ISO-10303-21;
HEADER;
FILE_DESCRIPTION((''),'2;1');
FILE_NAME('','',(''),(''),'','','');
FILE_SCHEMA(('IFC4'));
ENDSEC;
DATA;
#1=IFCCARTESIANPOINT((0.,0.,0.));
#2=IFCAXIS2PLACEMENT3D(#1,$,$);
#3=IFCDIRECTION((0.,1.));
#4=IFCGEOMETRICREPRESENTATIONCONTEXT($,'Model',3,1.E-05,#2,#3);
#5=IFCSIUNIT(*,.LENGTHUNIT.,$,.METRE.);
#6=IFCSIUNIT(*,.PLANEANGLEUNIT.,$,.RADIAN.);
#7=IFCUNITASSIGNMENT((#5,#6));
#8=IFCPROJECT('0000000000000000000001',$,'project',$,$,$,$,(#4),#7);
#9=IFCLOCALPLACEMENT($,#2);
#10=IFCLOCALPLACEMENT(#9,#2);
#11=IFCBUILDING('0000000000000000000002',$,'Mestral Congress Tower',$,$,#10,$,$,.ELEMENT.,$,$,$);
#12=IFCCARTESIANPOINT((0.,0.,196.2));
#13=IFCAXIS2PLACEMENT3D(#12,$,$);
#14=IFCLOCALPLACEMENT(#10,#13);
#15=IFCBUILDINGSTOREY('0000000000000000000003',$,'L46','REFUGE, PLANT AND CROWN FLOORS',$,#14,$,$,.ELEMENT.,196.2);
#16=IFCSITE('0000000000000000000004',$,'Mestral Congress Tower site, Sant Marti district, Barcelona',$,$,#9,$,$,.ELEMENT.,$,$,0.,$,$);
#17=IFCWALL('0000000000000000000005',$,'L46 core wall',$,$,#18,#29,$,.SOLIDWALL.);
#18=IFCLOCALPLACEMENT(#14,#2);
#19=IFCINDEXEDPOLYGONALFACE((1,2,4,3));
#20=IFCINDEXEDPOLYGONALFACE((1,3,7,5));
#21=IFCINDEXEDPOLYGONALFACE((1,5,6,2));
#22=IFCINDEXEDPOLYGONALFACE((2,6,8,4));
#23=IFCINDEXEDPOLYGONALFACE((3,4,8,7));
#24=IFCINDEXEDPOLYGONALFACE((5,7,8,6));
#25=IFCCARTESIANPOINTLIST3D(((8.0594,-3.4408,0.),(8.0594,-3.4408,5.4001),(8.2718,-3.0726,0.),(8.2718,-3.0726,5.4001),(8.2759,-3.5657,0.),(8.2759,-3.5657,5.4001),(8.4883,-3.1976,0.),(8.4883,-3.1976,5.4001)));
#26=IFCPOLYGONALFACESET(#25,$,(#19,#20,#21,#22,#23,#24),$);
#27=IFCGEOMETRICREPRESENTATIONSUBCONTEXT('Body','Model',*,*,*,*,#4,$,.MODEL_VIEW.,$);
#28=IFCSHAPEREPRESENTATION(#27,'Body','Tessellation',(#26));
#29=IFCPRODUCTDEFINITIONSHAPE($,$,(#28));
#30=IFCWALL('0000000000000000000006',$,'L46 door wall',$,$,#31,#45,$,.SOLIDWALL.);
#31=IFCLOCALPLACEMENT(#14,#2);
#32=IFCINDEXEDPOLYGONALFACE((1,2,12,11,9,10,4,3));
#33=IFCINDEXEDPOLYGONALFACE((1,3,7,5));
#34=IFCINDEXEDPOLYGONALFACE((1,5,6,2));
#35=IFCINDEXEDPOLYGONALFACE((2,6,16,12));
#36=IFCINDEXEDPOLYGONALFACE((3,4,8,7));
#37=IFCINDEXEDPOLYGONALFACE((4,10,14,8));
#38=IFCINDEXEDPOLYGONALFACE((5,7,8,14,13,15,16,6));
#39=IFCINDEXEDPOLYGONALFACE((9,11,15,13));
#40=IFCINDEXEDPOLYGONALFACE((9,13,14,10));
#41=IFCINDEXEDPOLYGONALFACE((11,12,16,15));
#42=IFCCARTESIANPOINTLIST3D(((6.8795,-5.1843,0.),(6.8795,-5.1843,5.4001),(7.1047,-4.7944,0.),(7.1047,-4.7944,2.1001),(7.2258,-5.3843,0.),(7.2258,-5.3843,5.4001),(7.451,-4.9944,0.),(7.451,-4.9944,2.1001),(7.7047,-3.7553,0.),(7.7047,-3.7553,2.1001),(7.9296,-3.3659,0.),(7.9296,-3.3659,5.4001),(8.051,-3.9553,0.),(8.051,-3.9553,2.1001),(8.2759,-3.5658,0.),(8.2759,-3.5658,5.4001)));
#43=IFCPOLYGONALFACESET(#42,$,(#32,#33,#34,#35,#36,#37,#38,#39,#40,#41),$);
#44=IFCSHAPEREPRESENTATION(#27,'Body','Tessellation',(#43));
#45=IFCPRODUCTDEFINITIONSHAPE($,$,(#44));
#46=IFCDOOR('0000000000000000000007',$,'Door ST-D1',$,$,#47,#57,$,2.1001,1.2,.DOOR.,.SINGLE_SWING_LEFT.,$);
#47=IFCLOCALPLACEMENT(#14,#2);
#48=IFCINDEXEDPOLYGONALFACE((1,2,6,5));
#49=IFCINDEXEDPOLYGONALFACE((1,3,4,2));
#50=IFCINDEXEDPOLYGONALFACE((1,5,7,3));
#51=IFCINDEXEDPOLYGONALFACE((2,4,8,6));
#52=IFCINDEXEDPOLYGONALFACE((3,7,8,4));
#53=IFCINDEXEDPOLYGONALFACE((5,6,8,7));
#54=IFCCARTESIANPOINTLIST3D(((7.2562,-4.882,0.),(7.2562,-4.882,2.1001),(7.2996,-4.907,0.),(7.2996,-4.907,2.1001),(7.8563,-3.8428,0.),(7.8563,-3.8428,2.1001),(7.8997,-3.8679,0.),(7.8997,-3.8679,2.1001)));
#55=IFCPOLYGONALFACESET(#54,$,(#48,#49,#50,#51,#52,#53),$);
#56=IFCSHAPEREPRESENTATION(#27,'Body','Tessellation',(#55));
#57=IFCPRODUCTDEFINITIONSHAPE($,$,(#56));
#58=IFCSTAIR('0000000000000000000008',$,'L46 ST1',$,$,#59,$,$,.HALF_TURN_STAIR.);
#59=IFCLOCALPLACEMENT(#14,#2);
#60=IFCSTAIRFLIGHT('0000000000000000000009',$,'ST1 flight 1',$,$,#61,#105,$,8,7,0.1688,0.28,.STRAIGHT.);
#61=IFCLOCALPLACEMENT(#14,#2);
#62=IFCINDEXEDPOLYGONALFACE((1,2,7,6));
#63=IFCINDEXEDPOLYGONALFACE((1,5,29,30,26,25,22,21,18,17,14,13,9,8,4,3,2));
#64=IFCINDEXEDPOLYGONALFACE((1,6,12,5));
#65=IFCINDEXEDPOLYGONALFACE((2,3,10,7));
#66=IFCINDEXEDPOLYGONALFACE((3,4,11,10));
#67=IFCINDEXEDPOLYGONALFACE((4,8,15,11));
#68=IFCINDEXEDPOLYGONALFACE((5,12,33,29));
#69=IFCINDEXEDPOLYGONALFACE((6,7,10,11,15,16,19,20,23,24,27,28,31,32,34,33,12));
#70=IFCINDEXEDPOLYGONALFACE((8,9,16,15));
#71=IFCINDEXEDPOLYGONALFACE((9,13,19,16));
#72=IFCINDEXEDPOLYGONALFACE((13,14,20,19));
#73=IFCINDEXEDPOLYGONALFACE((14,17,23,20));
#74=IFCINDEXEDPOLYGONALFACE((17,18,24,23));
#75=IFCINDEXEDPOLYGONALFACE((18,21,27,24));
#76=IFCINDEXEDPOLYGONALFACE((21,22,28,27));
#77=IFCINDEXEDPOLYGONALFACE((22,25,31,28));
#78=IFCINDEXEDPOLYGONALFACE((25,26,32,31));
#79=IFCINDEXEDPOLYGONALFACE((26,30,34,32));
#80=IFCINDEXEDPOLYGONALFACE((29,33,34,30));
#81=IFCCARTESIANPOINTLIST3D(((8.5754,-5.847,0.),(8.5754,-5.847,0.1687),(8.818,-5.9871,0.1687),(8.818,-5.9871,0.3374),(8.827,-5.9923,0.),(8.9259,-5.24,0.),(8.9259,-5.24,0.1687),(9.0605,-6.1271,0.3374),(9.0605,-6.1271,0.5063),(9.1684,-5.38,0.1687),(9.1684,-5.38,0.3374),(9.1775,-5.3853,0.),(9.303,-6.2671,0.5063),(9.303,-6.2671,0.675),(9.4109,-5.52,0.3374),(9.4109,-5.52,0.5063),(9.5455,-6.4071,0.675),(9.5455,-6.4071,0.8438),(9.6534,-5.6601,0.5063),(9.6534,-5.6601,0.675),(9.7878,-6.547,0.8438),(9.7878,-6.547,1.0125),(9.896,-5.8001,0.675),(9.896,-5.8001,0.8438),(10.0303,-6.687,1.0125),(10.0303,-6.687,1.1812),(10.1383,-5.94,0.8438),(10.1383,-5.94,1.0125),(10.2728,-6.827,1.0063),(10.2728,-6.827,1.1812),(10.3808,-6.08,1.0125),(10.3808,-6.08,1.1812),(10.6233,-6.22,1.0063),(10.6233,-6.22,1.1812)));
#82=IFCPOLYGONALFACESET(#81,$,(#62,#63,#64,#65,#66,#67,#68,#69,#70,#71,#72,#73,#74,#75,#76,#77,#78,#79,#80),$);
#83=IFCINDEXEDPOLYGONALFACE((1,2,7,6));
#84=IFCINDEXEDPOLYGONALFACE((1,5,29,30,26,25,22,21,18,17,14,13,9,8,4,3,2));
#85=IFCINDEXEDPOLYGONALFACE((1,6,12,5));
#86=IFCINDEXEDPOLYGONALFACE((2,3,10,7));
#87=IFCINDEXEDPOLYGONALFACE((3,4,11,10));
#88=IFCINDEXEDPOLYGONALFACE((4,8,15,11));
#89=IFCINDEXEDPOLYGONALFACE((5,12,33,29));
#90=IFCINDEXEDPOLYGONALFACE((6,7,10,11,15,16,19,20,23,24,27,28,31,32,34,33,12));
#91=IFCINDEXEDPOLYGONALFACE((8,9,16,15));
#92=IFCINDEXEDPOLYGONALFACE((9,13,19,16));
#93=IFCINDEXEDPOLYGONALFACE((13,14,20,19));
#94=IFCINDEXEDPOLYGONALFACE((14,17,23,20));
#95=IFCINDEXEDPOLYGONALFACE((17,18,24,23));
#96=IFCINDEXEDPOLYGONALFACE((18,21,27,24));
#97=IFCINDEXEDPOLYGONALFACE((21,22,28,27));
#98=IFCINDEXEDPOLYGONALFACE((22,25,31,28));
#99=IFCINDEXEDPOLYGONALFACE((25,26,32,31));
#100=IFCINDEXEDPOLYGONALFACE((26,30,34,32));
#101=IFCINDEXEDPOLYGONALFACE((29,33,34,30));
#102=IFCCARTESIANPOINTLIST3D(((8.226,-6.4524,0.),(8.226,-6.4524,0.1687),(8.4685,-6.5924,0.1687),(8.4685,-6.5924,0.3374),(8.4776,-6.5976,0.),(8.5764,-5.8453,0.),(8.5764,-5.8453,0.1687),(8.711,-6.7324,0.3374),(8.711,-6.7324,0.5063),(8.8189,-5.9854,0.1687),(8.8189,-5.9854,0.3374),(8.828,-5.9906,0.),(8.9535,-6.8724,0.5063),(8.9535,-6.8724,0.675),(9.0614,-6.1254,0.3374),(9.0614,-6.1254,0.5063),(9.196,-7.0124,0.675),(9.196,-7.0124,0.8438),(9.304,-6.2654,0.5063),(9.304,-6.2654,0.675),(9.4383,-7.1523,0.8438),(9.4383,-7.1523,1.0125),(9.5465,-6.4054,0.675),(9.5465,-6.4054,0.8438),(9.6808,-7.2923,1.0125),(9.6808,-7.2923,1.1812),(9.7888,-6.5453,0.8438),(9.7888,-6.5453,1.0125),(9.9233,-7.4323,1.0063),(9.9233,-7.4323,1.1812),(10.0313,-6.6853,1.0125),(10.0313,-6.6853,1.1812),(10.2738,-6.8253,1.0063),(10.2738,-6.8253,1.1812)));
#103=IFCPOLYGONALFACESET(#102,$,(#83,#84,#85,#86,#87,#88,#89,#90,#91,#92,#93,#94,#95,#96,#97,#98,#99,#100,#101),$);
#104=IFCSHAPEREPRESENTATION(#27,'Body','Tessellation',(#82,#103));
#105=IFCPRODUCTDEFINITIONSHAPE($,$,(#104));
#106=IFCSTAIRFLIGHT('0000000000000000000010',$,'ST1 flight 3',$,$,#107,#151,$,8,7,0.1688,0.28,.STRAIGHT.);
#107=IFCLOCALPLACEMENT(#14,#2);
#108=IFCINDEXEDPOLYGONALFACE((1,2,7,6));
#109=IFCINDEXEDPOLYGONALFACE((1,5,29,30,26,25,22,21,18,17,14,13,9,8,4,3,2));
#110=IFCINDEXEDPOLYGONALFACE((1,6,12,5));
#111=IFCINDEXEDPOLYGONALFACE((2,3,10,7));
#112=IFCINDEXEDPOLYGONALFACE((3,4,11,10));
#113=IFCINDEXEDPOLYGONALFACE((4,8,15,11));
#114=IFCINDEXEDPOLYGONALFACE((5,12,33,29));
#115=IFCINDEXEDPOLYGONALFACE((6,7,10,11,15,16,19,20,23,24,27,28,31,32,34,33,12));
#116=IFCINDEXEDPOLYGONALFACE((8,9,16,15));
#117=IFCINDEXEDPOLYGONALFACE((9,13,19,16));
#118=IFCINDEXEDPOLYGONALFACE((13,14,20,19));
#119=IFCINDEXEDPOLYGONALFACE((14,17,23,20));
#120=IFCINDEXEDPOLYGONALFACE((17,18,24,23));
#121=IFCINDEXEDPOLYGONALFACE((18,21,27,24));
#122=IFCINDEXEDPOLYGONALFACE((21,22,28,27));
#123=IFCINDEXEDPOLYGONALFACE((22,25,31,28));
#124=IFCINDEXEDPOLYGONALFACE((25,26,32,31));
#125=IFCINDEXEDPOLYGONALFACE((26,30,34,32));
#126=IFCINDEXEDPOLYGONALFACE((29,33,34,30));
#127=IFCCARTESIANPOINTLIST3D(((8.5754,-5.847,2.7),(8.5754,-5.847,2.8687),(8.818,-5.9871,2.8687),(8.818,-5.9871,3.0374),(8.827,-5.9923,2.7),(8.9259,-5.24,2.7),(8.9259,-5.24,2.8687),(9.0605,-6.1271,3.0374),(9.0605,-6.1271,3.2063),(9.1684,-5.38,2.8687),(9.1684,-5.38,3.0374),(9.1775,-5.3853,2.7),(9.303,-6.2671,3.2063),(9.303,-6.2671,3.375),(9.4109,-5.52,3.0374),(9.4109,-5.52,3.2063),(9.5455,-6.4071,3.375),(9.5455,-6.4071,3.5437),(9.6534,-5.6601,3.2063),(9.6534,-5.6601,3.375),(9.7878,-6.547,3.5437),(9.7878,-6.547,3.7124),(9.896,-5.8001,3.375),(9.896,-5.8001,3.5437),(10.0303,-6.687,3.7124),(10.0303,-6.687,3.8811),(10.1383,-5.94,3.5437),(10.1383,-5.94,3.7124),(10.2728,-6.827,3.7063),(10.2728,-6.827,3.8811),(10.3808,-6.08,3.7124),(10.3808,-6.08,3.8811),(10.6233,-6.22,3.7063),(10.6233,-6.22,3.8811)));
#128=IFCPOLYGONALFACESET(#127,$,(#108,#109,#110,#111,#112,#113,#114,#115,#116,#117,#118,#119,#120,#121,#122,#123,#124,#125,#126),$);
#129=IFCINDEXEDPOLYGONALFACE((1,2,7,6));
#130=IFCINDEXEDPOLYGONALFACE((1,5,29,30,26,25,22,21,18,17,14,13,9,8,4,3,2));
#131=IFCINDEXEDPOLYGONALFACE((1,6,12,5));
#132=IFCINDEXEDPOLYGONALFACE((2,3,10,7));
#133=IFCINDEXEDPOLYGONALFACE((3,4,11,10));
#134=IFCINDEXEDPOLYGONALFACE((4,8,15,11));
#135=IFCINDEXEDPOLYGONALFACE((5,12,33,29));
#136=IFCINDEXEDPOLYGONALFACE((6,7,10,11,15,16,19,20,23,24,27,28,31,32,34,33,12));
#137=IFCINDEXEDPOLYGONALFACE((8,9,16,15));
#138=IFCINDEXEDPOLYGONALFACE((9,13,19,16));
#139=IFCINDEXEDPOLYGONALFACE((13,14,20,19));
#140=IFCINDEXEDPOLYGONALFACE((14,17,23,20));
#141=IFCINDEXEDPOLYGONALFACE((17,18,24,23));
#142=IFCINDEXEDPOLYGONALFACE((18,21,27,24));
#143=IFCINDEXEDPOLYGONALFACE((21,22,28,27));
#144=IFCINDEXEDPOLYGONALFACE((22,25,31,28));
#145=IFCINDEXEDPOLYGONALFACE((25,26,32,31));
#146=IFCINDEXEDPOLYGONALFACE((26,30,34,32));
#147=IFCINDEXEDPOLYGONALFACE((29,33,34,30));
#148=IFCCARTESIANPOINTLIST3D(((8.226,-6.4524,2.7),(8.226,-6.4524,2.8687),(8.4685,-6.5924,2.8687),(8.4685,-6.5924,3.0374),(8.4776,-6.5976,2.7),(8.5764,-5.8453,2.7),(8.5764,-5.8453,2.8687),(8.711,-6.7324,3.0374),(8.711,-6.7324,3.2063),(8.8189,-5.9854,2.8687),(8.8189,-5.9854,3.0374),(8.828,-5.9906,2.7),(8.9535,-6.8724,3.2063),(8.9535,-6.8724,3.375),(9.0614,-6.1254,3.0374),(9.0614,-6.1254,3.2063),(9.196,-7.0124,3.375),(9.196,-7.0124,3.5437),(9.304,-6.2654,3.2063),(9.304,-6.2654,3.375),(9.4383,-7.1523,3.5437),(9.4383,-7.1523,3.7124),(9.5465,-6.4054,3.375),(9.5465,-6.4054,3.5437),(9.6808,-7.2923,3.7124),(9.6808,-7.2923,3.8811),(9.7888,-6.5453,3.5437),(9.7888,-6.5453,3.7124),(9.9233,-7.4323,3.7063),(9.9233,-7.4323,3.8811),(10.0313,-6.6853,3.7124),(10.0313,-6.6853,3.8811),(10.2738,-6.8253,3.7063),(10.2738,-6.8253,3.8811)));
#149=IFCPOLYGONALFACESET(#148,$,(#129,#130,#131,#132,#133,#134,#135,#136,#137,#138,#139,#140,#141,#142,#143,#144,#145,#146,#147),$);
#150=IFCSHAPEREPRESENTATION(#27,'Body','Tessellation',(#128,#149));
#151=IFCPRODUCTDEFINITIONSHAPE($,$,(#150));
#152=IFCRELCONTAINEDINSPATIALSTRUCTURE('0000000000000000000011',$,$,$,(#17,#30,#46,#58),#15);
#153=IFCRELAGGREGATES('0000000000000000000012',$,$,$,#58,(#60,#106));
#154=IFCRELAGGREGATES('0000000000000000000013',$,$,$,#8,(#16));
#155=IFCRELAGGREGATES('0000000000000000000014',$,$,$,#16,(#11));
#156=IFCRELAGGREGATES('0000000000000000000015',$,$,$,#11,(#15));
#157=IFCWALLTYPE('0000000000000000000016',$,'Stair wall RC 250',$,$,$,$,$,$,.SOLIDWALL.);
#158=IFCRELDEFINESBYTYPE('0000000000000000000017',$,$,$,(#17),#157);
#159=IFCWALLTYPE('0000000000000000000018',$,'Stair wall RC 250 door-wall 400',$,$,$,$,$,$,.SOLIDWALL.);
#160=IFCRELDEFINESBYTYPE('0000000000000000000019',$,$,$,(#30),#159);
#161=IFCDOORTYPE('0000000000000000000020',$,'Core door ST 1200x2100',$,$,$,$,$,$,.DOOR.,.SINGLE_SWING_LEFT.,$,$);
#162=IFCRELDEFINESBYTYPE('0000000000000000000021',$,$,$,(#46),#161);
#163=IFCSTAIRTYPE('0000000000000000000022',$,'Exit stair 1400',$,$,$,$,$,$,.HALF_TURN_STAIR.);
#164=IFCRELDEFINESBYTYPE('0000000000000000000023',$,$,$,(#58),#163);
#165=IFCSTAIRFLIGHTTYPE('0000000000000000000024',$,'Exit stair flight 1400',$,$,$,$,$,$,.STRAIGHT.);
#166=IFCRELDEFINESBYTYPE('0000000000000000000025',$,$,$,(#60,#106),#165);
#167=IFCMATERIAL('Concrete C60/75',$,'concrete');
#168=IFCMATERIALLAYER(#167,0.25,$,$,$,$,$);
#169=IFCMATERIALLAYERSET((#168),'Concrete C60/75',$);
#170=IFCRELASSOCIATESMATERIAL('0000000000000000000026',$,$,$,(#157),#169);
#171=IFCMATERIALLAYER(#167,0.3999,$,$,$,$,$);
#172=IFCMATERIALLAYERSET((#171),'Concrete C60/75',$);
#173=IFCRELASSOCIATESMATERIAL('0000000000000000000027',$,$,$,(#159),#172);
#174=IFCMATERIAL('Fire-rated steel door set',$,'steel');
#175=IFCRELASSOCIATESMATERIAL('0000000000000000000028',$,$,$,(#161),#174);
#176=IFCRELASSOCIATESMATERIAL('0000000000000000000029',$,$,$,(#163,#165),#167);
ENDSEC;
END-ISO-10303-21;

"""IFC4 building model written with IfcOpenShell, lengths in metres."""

from ifc_helpers import new_model, si_unit, direction, frame, frame_2d, origin, place, context, subcontext, project, spatial, polyline, rectangle, outline, extrude, material, layer, layer_set, type_object, element, fill, aggregate, save


model = new_model("IFC4")

# Units and contexts
model_context = context("Model", 3, precision=1e-05, world=origin(), true_north=direction((0.0, 1.0)))
body_context = subcontext(model_context, "Body", "Model", "MODEL_VIEW")
ifc_project = project(units=[si_unit("LENGTHUNIT", "METRE"), si_unit("PLANEANGLEUNIT", "RADIAN")], contexts=[model_context])

# Site, building, storey
site_placement = place(None, origin())
site = spatial("IfcSite", under=ifc_project, at=site_placement, Name="Mestral Congress Tower site, Sant Marti district, Barcelona", CompositionType="ELEMENT", RefElevation=0.0)
building_placement = place(site_placement, origin())
building = spatial("IfcBuilding", under=site, at=building_placement, Name="Mestral Congress Tower", CompositionType="ELEMENT")
storey_placement = place(building_placement, frame((0.0, 0.0, 196.2)))
storey = spatial("IfcBuildingStorey", under=building, at=storey_placement, Name="L46", Description="REFUGE, PLANT AND CROWN FLOORS", CompositionType="ELEMENT", Elevation=196.2)

# Shared definitions
placement = place(storey_placement, origin())

# Shared definitions
ifc_material_1 = material(Name="Fire-rated steel door set", Category="steel")

# Shared definitions
ifc_material_2 = material(Name="Concrete C60/75", Category="concrete")

# Wall
ifc_layer_1 = layer(ifc_material_2, 0.25)
ifc_layer_set_1 = layer_set([ifc_layer_1], Name="Concrete C60/75")
wall_type_1 = type_object("IfcWallType", Name="Stair wall RC 250", PredefinedType="SOLIDWALL", material=ifc_layer_set_1)
wall_1_placement = place(storey_placement, frame((8.1677, -3.5032, 0.0), z_axis=(0.0, 0.0, 1.0), x_axis=(0.499722, 0.866186, 0.0)))
element("IfcWall", 1, at=wall_1_placement, inside=storey, type_object=wall_type_1, Name="L46 core wall", PredefinedType="SOLIDWALL", context=body_context, shape_type="SweptSolid", body=[
    extrude(rectangle(XDim=0.425, YDim=0.25, at=frame_2d((0.2124, 0.0))), origin(), (0.0, 0.0, 1.0), 5.4001),
])

# Wall, opening, door
ifc_layer_2 = layer(ifc_material_2, 0.3999)
ifc_layer_set_2 = layer_set([ifc_layer_2], Name="Concrete C60/75")
wall_type_2 = type_object("IfcWallType", Name="Stair wall RC 250 door-wall 400", PredefinedType="SOLIDWALL", material=ifc_layer_set_2)
wall_2_placement = place(storey_placement, frame((7.0527, -5.2842, 0.0), z_axis=(0.0, 0.0, 1.0), x_axis=(0.500078, 0.86598, 0.0)))
wall_2 = element("IfcWall", 2, at=wall_2_placement, inside=storey, type_object=wall_type_2, Name="L46 door wall", PredefinedType="SOLIDWALL", context=body_context, shape_type="SweptSolid", body=[
    extrude(rectangle(XDim=2.0999, YDim=0.3999, at=frame_2d((1.0498, 0.0))), origin(), (0.0, 0.0, 1.0), 5.4001),
])
opening_1_placement = place(wall_2_placement, frame((0.45, 0.0, 0.0)))
opening_1 = element("IfcOpeningElement", 3, at=opening_1_placement, cuts=wall_2, PredefinedType="OPENING", context=body_context, shape_type="SweptSolid", body=[
    extrude(rectangle(XDim=1.2, YDim=2.1001, at=frame_2d((0.6001, 1.05))), frame((0.0, 0.21, 0.0), z_axis=(0.0, -1.0, 0.0), x_axis=(1.0, 0.0, 0.0)), (0.0, 0.0, 1.0), 0.4199),
])
door_type_1 = type_object("IfcDoorType", Name="Core door ST 1200x2100", OperationType="SINGLE_SWING_LEFT", PredefinedType="DOOR", material=ifc_material_1)
door_1_placement = place(opening_1_placement, origin())
door_1 = element("IfcDoor", 4, at=door_1_placement, inside=storey, type_object=door_type_1, Name="Door ST-D1", OperationType="SINGLE_SWING_LEFT", OverallHeight=2.1001, OverallWidth=1.2, PredefinedType="DOOR", context=body_context, shape_type="SweptSolid", body=[
    extrude(rectangle(XDim=1.2, YDim=2.1001, at=frame_2d((0.6001, 1.05))), frame((0.0, 0.0249, 0.0), z_axis=(0.0, -1.0, 0.0), x_axis=(1.0, 0.0, 0.0)), (0.0, 0.0, 1.0), 0.05),
])
fill(opening_1, door_1)

# Stair, stair flights
stair_type = type_object("IfcStairType", Name="Exit stair 1400", PredefinedType="HALF_TURN_STAIR", material=ifc_material_2)
stair = element("IfcStair", 5, at=placement, inside=storey, type_object=stair_type, Name="L46 ST1", PredefinedType="HALF_TURN_STAIR")
stair_flight_type = type_object("IfcStairFlightType", Name="Exit stair flight 1400", PredefinedType="STRAIGHT", material=ifc_material_2)
stair_flight_1_placement = place(storey_placement, frame((8.5759, -5.8462, 0.0), z_axis=(0.0, 0.0, 1.0), x_axis=(0.866025, -0.5, 0.0)))
stair_flight_1 = element("IfcStairFlight", 6, at=stair_flight_1_placement, type_object=stair_flight_type, Name="ST1 flight 1", NumberOfRisers=8, NumberOfTreads=7, PredefinedType="STRAIGHT", RiserHeight=0.1688, TreadLength=0.28, context=body_context, shape_type="SweptSolid", body=[
    extrude(outline(polyline([(0.0, 0.0), (0.0, 0.1687), (0.28, 0.1687), (0.28, 0.3374), (0.5601, 0.3374), (0.5601, 0.5063), (0.8401, 0.5063), (0.8401, 0.675), (1.1201, 0.675), (1.1201, 0.8438), (1.3999, 0.8438), (1.3999, 1.0125), (1.6799, 1.0125), (1.6799, 1.1812), (1.96, 1.1812), (1.96, 1.3501), (1.96, 1.0063), (0.2905, 0.0), (0.0, 0.0)])), frame((0.0, 0.7, 0.0), z_axis=(0.0, -1.0, 0.0), x_axis=(1.0, 0.0, 0.0)), (0.0, 0.0, 1.0), 0.7009),
    extrude(outline(polyline([(0.0, 0.0), (0.0, 0.1687), (0.28, 0.1687), (0.28, 0.3374), (0.5601, 0.3374), (0.5601, 0.5063), (0.8401, 0.5063), (0.8401, 0.675), (1.1201, 0.675), (1.1201, 0.8438), (1.3999, 0.8438), (1.3999, 1.0125), (1.6799, 1.0125), (1.6799, 1.1812), (1.96, 1.1812), (1.96, 1.3501), (1.96, 1.0063), (0.2905, 0.0), (0.0, 0.0)])), frame((0.0, 0.001, 0.0), z_axis=(0.0, -1.0, 0.0), x_axis=(1.0, 0.0, 0.0)), (0.0, 0.0, 1.0), 0.7009),
])
stair_flight_2_placement = place(storey_placement, frame((8.5759, -5.8462, 2.7), z_axis=(0.0, 0.0, 1.0), x_axis=(0.866025, -0.5, 0.0)))
stair_flight_2 = element("IfcStairFlight", 7, at=stair_flight_2_placement, type_object=stair_flight_type, Name="ST1 flight 3", NumberOfRisers=8, NumberOfTreads=7, PredefinedType="STRAIGHT", RiserHeight=0.1688, TreadLength=0.28, context=body_context, shape_type="SweptSolid", body=[
    extrude(outline(polyline([(0.0, 0.0), (0.0, 0.1687), (0.28, 0.1687), (0.28, 0.3374), (0.5601, 0.3374), (0.5601, 0.5063), (0.8401, 0.5063), (0.8401, 0.675), (1.1201, 0.675), (1.1201, 0.8438), (1.3999, 0.8438), (1.3999, 1.0125), (1.6799, 1.0125), (1.6799, 1.1812), (1.96, 1.1812), (1.96, 1.3501), (1.96, 1.0063), (0.2905, 0.0), (0.0, 0.0)])), frame((0.0, 0.7, 0.0), z_axis=(0.0, -1.0, 0.0), x_axis=(1.0, 0.0, 0.0)), (0.0, 0.0, 1.0), 0.7009),
    extrude(outline(polyline([(0.0, 0.0), (0.0, 0.1687), (0.28, 0.1687), (0.28, 0.3374), (0.5601, 0.3374), (0.5601, 0.5063), (0.8401, 0.5063), (0.8401, 0.675), (1.1201, 0.675), (1.1201, 0.8438), (1.3999, 0.8438), (1.3999, 1.0125), (1.6799, 1.0125), (1.6799, 1.1812), (1.96, 1.1812), (1.96, 1.3501), (1.96, 1.0063), (0.2905, 0.0), (0.0, 0.0)])), frame((0.0, 0.001, 0.0), z_axis=(0.0, -1.0, 0.0), x_axis=(1.0, 0.0, 0.0)), (0.0, 0.0, 1.0), 0.7009),
])
aggregate(stair, [stair_flight_1, stair_flight_2])

save(model, "model.ifc")
